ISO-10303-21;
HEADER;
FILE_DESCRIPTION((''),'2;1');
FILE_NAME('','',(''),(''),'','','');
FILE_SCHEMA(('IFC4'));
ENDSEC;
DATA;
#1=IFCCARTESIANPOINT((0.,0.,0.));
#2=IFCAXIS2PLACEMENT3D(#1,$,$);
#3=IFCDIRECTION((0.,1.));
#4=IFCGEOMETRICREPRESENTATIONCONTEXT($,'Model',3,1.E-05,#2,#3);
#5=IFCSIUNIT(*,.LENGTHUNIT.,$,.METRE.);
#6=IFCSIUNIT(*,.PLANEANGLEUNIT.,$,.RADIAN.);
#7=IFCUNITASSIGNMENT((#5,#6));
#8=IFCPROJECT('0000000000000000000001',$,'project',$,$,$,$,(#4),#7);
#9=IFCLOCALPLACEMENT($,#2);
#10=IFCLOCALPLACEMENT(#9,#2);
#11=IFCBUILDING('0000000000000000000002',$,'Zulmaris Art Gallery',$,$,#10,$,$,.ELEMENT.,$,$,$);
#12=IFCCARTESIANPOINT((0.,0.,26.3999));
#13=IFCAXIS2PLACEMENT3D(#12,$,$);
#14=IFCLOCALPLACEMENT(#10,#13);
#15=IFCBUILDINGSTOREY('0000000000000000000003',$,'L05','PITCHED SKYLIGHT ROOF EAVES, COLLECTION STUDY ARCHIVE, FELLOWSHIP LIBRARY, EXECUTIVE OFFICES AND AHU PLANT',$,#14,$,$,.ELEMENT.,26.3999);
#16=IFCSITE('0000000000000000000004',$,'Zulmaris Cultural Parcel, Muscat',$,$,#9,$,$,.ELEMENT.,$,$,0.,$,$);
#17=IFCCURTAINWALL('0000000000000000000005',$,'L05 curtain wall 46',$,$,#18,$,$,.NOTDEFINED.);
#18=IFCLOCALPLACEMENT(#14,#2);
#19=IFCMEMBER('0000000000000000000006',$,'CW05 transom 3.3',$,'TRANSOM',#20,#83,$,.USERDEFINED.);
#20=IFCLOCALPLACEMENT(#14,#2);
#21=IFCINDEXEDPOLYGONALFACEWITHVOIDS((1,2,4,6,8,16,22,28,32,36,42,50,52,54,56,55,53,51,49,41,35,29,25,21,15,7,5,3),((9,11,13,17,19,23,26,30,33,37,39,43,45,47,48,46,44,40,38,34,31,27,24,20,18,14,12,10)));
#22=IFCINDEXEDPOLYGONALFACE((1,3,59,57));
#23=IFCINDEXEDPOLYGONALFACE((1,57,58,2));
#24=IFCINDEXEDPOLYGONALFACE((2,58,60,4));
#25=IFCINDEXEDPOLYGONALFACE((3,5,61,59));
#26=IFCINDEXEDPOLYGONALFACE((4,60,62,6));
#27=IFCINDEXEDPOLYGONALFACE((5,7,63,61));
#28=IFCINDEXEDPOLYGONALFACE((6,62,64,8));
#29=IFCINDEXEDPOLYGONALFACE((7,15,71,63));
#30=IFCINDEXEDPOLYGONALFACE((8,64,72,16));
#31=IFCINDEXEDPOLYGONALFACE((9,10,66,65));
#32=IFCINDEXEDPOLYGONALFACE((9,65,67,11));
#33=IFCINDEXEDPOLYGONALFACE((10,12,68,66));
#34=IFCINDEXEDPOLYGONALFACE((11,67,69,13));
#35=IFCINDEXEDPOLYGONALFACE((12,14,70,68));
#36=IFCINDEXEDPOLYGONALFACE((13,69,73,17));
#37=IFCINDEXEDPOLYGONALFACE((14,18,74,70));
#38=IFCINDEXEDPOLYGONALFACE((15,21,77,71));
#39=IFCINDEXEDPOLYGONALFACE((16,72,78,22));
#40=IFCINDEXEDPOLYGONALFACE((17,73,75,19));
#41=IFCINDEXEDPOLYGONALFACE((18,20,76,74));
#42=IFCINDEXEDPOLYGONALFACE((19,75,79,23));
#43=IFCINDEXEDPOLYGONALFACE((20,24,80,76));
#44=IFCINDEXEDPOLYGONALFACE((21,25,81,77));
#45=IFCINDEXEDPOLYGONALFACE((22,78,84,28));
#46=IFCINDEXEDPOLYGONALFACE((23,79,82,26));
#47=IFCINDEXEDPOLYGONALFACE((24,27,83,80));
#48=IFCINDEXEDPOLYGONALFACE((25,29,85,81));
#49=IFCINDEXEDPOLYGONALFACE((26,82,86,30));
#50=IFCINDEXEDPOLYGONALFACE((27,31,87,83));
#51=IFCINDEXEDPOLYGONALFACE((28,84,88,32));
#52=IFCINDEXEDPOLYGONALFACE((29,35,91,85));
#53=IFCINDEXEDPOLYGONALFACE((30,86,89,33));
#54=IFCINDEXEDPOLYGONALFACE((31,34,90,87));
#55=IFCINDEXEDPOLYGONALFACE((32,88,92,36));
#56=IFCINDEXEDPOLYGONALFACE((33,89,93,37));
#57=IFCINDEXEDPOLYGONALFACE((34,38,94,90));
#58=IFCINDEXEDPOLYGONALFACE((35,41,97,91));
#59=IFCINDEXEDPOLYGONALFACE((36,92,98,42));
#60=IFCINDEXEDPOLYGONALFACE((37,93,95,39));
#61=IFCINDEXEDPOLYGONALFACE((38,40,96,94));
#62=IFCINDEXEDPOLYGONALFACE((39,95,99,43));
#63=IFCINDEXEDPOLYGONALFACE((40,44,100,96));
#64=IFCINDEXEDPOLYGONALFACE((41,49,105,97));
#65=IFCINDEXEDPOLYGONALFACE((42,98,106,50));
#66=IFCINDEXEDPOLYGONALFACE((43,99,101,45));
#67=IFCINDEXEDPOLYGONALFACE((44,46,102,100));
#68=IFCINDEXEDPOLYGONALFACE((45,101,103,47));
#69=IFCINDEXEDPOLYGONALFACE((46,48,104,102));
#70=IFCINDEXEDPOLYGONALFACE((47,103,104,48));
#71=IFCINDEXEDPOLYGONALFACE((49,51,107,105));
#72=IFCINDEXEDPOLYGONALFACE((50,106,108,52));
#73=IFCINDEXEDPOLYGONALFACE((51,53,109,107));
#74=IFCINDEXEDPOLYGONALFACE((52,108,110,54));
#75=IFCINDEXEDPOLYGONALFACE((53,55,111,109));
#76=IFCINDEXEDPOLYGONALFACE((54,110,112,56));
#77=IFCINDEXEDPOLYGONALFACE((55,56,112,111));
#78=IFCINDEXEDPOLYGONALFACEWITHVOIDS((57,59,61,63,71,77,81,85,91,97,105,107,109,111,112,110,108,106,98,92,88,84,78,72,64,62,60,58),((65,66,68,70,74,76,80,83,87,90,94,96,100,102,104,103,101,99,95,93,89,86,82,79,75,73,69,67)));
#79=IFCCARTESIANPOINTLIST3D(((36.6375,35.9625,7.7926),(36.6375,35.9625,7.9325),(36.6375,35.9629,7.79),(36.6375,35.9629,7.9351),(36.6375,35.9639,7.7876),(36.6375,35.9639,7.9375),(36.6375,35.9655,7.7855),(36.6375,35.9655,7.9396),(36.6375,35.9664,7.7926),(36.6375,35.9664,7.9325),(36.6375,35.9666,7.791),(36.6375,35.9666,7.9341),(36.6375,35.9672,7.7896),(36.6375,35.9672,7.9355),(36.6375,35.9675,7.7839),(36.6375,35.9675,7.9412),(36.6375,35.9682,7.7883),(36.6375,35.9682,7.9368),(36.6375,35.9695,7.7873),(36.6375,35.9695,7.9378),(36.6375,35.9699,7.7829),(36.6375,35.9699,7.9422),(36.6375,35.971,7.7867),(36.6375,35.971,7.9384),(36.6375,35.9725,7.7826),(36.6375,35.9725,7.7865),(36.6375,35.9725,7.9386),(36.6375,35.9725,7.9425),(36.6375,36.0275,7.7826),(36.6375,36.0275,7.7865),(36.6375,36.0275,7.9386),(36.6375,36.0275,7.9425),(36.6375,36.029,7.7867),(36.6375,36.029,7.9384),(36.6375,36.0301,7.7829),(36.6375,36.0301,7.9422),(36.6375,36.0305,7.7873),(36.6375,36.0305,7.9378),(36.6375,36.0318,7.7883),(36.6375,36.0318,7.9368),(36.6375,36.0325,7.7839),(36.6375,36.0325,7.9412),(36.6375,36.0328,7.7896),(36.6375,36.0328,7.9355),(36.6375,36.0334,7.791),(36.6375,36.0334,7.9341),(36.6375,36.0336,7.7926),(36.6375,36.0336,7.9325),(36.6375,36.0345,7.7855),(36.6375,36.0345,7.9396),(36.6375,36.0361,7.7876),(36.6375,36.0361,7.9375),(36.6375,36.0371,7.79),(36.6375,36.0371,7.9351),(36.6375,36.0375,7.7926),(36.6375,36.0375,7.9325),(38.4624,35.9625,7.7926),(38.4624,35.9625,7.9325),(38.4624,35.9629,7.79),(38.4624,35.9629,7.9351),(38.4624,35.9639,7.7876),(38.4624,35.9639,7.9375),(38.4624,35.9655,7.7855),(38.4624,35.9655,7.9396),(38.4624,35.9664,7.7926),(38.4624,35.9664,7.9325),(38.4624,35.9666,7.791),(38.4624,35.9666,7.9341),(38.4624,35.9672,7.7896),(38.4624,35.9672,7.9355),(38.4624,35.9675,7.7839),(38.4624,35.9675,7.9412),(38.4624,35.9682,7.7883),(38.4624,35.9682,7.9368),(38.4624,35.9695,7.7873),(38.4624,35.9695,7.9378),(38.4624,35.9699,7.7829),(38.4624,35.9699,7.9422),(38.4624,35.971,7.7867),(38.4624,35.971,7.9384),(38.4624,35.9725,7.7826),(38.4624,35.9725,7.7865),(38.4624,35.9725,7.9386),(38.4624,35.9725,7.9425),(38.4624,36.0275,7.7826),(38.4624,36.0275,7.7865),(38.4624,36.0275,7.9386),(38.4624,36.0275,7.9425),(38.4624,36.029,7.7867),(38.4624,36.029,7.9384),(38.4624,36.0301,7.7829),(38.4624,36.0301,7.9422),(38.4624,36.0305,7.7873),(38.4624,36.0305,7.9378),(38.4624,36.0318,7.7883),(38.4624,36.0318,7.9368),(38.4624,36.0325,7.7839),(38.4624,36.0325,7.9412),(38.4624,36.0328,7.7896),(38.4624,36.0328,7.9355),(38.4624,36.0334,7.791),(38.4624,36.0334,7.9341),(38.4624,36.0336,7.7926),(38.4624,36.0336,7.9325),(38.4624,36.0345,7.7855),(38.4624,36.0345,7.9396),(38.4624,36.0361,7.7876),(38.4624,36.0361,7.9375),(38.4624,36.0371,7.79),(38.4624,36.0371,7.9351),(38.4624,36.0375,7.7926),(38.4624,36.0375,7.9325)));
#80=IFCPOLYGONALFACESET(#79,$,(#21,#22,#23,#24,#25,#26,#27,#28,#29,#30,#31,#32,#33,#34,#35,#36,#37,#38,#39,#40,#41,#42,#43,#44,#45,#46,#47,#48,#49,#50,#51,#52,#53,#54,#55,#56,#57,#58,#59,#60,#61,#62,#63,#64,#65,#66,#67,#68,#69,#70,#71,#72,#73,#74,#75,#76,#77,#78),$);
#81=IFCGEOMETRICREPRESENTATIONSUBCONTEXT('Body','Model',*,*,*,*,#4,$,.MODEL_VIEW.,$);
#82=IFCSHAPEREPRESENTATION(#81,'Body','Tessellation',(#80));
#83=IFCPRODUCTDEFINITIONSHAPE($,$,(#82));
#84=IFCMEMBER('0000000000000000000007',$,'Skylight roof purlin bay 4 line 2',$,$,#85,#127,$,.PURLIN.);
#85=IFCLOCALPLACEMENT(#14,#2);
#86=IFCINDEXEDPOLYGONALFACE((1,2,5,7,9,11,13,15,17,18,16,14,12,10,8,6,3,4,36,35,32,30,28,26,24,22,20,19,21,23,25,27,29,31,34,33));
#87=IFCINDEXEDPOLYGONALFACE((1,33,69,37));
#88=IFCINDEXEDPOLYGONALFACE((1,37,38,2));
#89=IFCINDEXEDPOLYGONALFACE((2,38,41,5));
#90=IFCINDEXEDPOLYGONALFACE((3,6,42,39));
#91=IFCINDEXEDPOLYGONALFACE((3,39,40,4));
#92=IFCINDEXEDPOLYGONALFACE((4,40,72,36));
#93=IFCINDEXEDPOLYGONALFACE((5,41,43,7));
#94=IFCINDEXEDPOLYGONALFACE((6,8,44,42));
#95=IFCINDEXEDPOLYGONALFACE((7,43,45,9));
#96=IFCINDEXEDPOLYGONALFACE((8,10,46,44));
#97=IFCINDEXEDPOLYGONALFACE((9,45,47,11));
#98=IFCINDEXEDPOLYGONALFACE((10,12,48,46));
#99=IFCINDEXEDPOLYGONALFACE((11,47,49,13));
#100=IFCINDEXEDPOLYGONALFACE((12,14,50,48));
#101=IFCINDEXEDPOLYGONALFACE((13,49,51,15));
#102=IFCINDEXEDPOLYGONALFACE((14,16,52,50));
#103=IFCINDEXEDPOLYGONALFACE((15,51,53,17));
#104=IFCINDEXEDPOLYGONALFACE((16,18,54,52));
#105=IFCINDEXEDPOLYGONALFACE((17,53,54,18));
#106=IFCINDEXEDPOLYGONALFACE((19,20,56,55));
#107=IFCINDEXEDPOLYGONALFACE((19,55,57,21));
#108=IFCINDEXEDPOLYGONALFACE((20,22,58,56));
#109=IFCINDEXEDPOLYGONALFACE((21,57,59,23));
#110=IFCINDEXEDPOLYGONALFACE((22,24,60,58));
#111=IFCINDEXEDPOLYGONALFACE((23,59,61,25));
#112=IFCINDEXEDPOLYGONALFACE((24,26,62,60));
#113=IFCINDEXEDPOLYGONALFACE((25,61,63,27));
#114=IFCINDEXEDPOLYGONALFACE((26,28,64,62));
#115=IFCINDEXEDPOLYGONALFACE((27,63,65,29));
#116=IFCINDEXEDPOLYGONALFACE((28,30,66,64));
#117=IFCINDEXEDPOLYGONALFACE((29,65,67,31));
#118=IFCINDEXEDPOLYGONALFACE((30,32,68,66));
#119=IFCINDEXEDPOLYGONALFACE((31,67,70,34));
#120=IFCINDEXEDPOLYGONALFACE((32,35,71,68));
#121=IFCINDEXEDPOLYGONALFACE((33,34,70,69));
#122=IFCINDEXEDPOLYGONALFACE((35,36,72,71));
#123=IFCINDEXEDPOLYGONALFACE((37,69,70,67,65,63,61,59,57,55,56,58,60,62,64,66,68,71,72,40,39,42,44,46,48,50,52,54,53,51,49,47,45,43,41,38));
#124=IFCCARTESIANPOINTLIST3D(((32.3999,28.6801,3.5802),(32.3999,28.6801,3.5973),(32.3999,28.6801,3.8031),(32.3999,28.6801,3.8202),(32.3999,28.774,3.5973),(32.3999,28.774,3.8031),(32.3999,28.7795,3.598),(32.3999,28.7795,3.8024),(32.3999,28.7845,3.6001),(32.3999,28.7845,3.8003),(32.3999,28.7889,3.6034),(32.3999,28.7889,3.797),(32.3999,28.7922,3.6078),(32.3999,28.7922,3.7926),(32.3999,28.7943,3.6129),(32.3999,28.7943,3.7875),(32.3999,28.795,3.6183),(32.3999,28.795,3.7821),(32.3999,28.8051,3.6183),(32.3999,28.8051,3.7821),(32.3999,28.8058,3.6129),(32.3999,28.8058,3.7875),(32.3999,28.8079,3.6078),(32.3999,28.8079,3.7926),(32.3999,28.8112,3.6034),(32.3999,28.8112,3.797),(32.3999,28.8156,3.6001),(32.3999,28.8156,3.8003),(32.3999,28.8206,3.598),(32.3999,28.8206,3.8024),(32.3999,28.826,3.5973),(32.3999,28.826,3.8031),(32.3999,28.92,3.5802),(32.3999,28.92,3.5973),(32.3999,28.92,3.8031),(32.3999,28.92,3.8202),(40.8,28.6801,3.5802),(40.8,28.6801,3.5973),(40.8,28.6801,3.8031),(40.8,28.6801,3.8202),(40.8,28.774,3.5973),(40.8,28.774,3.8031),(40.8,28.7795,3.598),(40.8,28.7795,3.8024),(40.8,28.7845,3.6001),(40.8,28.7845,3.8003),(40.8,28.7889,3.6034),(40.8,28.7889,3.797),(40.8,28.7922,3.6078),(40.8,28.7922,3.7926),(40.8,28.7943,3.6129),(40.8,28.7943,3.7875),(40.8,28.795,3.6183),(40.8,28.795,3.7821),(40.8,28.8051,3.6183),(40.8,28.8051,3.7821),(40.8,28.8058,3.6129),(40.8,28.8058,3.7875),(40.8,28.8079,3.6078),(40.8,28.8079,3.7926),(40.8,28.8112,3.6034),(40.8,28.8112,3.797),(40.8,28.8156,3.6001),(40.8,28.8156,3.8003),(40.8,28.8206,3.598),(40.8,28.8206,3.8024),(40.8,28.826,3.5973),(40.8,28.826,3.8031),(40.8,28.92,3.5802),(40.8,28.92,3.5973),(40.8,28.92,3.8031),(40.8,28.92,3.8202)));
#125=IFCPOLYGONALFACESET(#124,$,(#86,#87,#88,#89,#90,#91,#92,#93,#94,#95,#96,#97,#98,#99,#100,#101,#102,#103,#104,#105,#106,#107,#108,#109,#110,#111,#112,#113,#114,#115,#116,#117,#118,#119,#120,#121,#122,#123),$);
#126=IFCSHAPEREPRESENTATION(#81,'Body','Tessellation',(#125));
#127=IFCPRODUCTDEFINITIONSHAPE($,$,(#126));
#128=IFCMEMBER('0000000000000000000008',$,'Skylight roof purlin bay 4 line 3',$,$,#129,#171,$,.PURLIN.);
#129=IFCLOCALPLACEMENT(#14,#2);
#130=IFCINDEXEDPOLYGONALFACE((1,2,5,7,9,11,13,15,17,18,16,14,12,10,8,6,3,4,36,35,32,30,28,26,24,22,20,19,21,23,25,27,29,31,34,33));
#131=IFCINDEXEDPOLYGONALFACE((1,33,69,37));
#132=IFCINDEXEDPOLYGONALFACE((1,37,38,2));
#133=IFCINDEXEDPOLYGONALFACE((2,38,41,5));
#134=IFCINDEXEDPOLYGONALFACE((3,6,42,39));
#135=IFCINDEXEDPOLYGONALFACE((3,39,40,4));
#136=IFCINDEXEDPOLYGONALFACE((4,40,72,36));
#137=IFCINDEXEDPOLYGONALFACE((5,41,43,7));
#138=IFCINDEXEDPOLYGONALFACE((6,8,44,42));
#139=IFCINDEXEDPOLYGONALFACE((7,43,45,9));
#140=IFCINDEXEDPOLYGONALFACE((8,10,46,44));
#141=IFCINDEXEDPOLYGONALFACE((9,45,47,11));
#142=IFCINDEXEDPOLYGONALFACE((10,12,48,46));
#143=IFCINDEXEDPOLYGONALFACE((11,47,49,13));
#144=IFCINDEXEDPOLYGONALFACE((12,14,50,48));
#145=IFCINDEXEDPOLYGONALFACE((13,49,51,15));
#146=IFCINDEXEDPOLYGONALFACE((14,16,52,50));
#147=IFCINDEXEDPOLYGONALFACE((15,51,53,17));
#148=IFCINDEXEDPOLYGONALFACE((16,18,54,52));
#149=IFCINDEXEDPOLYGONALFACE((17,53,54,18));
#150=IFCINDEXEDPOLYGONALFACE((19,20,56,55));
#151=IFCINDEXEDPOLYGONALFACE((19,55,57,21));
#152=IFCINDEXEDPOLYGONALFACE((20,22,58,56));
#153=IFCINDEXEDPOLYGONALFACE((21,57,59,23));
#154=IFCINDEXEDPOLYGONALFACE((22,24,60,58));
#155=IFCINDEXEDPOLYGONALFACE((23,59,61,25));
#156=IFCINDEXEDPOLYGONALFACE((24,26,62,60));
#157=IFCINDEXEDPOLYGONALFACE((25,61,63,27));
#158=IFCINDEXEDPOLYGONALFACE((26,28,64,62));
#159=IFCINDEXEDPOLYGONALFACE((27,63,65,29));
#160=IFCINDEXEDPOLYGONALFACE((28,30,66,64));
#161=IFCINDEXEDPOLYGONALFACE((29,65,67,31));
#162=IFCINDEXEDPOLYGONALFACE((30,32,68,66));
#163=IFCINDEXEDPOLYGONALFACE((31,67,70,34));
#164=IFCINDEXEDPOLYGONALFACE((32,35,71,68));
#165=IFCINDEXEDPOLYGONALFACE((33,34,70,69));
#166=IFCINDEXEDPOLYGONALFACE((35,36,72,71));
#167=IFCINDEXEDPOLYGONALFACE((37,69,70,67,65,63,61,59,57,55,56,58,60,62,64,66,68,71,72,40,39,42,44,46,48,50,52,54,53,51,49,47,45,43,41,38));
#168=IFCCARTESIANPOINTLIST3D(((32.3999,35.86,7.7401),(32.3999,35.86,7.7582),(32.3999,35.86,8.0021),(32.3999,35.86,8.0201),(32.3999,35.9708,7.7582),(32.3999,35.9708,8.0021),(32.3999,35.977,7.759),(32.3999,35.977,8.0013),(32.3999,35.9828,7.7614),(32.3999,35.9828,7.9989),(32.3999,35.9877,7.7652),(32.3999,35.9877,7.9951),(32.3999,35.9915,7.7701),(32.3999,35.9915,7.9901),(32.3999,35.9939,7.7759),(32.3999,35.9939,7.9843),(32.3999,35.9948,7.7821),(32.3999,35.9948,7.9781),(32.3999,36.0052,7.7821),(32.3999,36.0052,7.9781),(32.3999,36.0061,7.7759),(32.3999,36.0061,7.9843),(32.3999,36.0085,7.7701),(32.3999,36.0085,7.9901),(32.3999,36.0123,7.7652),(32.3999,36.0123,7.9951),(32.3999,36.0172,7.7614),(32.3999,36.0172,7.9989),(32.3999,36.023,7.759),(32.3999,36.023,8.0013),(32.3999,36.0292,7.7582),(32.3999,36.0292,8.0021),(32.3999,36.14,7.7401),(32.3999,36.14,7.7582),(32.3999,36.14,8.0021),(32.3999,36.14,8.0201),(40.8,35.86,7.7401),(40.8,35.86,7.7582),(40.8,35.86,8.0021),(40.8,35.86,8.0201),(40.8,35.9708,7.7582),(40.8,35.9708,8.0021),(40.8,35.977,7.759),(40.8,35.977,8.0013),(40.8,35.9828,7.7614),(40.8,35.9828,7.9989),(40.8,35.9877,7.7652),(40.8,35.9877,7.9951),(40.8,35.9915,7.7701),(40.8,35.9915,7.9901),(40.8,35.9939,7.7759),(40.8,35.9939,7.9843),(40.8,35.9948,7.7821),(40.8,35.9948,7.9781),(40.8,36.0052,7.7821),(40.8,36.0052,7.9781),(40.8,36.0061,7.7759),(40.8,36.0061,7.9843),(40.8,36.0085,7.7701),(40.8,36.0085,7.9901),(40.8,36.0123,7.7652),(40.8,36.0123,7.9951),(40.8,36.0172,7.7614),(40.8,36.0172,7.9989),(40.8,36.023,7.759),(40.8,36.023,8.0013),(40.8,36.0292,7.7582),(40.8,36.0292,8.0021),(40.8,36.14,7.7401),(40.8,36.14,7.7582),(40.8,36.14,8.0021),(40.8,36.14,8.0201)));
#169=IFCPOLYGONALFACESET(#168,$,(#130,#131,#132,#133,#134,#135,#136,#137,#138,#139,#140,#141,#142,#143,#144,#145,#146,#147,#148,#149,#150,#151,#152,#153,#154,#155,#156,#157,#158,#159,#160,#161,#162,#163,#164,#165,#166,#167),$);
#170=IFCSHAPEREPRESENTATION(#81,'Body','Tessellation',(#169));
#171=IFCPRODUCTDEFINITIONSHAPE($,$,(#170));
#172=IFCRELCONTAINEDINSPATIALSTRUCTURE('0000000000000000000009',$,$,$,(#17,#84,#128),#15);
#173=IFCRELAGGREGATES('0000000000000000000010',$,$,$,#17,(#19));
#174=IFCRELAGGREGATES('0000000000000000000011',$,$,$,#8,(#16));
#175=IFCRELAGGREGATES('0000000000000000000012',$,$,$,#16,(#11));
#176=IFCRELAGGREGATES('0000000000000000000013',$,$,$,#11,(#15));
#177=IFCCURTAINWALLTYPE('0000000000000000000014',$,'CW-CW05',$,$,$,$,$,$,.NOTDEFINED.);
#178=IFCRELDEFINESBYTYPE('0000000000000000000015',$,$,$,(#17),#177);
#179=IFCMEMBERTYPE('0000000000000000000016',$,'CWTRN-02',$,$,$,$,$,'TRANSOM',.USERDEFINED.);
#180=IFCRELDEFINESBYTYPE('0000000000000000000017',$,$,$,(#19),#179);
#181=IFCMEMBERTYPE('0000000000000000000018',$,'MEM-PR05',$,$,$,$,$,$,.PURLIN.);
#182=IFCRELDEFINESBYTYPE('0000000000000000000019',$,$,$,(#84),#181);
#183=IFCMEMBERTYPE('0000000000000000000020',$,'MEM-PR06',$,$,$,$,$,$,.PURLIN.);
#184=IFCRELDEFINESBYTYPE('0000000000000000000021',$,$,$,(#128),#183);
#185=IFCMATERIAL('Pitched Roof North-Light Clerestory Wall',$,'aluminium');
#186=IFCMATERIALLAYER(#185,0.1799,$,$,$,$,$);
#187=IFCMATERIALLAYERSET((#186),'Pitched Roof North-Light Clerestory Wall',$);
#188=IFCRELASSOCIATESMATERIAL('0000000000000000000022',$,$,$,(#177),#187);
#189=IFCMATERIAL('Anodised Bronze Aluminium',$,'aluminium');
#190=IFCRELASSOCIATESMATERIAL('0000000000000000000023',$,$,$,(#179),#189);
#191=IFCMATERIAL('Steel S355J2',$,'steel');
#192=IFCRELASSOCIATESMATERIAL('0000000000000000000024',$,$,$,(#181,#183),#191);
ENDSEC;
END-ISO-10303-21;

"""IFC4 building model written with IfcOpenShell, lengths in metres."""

from ifc_helpers import new_model, si_unit, direction, frame, origin, origin_2d, place, context, subcontext, project, spatial, hollow_rectangle, i_section, extrude, material, layer, layer_set, material_profile, profile_set, type_object, element, aggregate, save


model = new_model("IFC4")

# Units and contexts
model_context = context("Model", 3, precision=1e-05, world=origin(), true_north=direction((0.0, 1.0)))
body_context = subcontext(model_context, "Body", "Model", "MODEL_VIEW")
ifc_project = project(units=[si_unit("LENGTHUNIT", "METRE"), si_unit("PLANEANGLEUNIT", "RADIAN")], contexts=[model_context])

# Site, building, storey
site_placement = place(None, origin())
site = spatial("IfcSite", under=ifc_project, at=site_placement, Name="Zulmaris Cultural Parcel, Muscat", CompositionType="ELEMENT", RefElevation=0.0)
building_placement = place(site_placement, origin())
building = spatial("IfcBuilding", under=site, at=building_placement, Name="Zulmaris Art Gallery", CompositionType="ELEMENT")
storey_placement = place(building_placement, frame((0.0, 0.0, 26.3999)))
storey = spatial("IfcBuildingStorey", under=building, at=storey_placement, Name="L05", Description="PITCHED SKYLIGHT ROOF EAVES, COLLECTION STUDY ARCHIVE, FELLOWSHIP LIBRARY, EXECUTIVE OFFICES AND AHU PLANT", CompositionType="ELEMENT", Elevation=26.3999)

# Curtain wall, member
ifc_material_1 = material(Name="Pitched Roof North-Light Clerestory Wall", Category="aluminium")
ifc_layer_1 = layer(ifc_material_1, 0.1799)
ifc_layer_set_1 = layer_set([ifc_layer_1], Name="Pitched Roof North-Light Clerestory Wall")
curtain_wall_type = type_object("IfcCurtainWallType", Name="CW-CW05", PredefinedType="NOTDEFINED", material=ifc_layer_set_1)
curtain_wall_placement = place(storey_placement, origin())
curtain_wall = element("IfcCurtainWall", 1, at=curtain_wall_placement, inside=storey, type_object=curtain_wall_type, Name="L05 curtain wall 46", PredefinedType="NOTDEFINED")
ifc_material_2 = material(Name="Anodised Bronze Aluminium", Category="aluminium")
ifc_material_profile_1 = material_profile(ifc_material_2, hollow_rectangle(XDim=0.075, YDim=0.1599, WallThickness=0.0039, InnerFilletRadius=0.0061, OuterFilletRadius=0.01, at=origin_2d()), Name="ALU 75x160x4")
ifc_profile_set_1 = profile_set([ifc_material_profile_1], Name="Anodised Bronze Aluminium")
member_type_1 = type_object("IfcMemberType", Name="CWTRN-02", ElementType="TRANSOM", PredefinedType="USERDEFINED", material=ifc_profile_set_1)
member_1_placement = place(storey_placement, frame((36.6375, 36.0, 7.8625), z_axis=(1.0, 0.0, 0.0), x_axis=(0.0, 1.0, 0.0)))
member_1 = element("IfcMember", 2, at=member_1_placement, type_object=member_type_1, Name="CW05 transom 3.3", ObjectType="TRANSOM", PredefinedType="USERDEFINED", context=body_context, shape_type="SweptSolid", body=[
    extrude(hollow_rectangle(XDim=0.075, YDim=0.1599, WallThickness=0.0039, InnerFilletRadius=0.0061, OuterFilletRadius=0.01, at=origin_2d()), origin(), (0.0, 0.0, 1.0), 1.825),
])

# Members
ifc_material_3 = material(Name="Steel S355J2", Category="steel")
ifc_material_profile_2 = material_profile(ifc_material_3, i_section(OverallWidth=0.24, OverallDepth=0.24, WebThickness=0.01, FlangeThickness=0.0171, FilletRadius=0.021, at=origin_2d()), Name="HEB 240")
ifc_profile_set_2 = profile_set([ifc_material_profile_2], Name="Steel S355J2")
member_type_2 = type_object("IfcMemberType", Name="MEM-PR05", PredefinedType="PURLIN", material=ifc_profile_set_2)
member_2_placement = place(storey_placement, frame((32.3999, 28.8, 3.7002), z_axis=(1.0, 0.0, 0.0), x_axis=(0.0, 1.0, 0.0)))
element("IfcMember", 3, at=member_2_placement, inside=storey, type_object=member_type_2, Name="Skylight roof purlin bay 4 line 2", PredefinedType="PURLIN", context=body_context, shape_type="SweptSolid", body=[
    extrude(i_section(OverallWidth=0.24, OverallDepth=0.24, WebThickness=0.01, FlangeThickness=0.0171, FilletRadius=0.021, at=origin_2d()), origin(), (0.0, 0.0, 1.0), 8.4001),
])
ifc_material_profile_3 = material_profile(ifc_material_3, i_section(OverallWidth=0.28, OverallDepth=0.28, WebThickness=0.0105, FlangeThickness=0.0181, FilletRadius=0.0239, at=origin_2d()), Name="HEB 280")
ifc_profile_set_3 = profile_set([ifc_material_profile_3], Name="Steel S355J2")
member_type_3 = type_object("IfcMemberType", Name="MEM-PR06", PredefinedType="PURLIN", material=ifc_profile_set_3)
member_3_placement = place(storey_placement, frame((32.3999, 36.0, 7.8801), z_axis=(1.0, 0.0, 0.0), x_axis=(0.0, 1.0, 0.0)))
element("IfcMember", 4, at=member_3_placement, inside=storey, type_object=member_type_3, Name="Skylight roof purlin bay 4 line 3", PredefinedType="PURLIN", context=body_context, shape_type="SweptSolid", body=[
    extrude(i_section(OverallWidth=0.28, OverallDepth=0.28, WebThickness=0.0105, FlangeThickness=0.0181, FilletRadius=0.0239, at=origin_2d()), origin(), (0.0, 0.0, 1.0), 8.4001),
])

aggregate(curtain_wall, [member_1])

save(model, "model.ifc")
